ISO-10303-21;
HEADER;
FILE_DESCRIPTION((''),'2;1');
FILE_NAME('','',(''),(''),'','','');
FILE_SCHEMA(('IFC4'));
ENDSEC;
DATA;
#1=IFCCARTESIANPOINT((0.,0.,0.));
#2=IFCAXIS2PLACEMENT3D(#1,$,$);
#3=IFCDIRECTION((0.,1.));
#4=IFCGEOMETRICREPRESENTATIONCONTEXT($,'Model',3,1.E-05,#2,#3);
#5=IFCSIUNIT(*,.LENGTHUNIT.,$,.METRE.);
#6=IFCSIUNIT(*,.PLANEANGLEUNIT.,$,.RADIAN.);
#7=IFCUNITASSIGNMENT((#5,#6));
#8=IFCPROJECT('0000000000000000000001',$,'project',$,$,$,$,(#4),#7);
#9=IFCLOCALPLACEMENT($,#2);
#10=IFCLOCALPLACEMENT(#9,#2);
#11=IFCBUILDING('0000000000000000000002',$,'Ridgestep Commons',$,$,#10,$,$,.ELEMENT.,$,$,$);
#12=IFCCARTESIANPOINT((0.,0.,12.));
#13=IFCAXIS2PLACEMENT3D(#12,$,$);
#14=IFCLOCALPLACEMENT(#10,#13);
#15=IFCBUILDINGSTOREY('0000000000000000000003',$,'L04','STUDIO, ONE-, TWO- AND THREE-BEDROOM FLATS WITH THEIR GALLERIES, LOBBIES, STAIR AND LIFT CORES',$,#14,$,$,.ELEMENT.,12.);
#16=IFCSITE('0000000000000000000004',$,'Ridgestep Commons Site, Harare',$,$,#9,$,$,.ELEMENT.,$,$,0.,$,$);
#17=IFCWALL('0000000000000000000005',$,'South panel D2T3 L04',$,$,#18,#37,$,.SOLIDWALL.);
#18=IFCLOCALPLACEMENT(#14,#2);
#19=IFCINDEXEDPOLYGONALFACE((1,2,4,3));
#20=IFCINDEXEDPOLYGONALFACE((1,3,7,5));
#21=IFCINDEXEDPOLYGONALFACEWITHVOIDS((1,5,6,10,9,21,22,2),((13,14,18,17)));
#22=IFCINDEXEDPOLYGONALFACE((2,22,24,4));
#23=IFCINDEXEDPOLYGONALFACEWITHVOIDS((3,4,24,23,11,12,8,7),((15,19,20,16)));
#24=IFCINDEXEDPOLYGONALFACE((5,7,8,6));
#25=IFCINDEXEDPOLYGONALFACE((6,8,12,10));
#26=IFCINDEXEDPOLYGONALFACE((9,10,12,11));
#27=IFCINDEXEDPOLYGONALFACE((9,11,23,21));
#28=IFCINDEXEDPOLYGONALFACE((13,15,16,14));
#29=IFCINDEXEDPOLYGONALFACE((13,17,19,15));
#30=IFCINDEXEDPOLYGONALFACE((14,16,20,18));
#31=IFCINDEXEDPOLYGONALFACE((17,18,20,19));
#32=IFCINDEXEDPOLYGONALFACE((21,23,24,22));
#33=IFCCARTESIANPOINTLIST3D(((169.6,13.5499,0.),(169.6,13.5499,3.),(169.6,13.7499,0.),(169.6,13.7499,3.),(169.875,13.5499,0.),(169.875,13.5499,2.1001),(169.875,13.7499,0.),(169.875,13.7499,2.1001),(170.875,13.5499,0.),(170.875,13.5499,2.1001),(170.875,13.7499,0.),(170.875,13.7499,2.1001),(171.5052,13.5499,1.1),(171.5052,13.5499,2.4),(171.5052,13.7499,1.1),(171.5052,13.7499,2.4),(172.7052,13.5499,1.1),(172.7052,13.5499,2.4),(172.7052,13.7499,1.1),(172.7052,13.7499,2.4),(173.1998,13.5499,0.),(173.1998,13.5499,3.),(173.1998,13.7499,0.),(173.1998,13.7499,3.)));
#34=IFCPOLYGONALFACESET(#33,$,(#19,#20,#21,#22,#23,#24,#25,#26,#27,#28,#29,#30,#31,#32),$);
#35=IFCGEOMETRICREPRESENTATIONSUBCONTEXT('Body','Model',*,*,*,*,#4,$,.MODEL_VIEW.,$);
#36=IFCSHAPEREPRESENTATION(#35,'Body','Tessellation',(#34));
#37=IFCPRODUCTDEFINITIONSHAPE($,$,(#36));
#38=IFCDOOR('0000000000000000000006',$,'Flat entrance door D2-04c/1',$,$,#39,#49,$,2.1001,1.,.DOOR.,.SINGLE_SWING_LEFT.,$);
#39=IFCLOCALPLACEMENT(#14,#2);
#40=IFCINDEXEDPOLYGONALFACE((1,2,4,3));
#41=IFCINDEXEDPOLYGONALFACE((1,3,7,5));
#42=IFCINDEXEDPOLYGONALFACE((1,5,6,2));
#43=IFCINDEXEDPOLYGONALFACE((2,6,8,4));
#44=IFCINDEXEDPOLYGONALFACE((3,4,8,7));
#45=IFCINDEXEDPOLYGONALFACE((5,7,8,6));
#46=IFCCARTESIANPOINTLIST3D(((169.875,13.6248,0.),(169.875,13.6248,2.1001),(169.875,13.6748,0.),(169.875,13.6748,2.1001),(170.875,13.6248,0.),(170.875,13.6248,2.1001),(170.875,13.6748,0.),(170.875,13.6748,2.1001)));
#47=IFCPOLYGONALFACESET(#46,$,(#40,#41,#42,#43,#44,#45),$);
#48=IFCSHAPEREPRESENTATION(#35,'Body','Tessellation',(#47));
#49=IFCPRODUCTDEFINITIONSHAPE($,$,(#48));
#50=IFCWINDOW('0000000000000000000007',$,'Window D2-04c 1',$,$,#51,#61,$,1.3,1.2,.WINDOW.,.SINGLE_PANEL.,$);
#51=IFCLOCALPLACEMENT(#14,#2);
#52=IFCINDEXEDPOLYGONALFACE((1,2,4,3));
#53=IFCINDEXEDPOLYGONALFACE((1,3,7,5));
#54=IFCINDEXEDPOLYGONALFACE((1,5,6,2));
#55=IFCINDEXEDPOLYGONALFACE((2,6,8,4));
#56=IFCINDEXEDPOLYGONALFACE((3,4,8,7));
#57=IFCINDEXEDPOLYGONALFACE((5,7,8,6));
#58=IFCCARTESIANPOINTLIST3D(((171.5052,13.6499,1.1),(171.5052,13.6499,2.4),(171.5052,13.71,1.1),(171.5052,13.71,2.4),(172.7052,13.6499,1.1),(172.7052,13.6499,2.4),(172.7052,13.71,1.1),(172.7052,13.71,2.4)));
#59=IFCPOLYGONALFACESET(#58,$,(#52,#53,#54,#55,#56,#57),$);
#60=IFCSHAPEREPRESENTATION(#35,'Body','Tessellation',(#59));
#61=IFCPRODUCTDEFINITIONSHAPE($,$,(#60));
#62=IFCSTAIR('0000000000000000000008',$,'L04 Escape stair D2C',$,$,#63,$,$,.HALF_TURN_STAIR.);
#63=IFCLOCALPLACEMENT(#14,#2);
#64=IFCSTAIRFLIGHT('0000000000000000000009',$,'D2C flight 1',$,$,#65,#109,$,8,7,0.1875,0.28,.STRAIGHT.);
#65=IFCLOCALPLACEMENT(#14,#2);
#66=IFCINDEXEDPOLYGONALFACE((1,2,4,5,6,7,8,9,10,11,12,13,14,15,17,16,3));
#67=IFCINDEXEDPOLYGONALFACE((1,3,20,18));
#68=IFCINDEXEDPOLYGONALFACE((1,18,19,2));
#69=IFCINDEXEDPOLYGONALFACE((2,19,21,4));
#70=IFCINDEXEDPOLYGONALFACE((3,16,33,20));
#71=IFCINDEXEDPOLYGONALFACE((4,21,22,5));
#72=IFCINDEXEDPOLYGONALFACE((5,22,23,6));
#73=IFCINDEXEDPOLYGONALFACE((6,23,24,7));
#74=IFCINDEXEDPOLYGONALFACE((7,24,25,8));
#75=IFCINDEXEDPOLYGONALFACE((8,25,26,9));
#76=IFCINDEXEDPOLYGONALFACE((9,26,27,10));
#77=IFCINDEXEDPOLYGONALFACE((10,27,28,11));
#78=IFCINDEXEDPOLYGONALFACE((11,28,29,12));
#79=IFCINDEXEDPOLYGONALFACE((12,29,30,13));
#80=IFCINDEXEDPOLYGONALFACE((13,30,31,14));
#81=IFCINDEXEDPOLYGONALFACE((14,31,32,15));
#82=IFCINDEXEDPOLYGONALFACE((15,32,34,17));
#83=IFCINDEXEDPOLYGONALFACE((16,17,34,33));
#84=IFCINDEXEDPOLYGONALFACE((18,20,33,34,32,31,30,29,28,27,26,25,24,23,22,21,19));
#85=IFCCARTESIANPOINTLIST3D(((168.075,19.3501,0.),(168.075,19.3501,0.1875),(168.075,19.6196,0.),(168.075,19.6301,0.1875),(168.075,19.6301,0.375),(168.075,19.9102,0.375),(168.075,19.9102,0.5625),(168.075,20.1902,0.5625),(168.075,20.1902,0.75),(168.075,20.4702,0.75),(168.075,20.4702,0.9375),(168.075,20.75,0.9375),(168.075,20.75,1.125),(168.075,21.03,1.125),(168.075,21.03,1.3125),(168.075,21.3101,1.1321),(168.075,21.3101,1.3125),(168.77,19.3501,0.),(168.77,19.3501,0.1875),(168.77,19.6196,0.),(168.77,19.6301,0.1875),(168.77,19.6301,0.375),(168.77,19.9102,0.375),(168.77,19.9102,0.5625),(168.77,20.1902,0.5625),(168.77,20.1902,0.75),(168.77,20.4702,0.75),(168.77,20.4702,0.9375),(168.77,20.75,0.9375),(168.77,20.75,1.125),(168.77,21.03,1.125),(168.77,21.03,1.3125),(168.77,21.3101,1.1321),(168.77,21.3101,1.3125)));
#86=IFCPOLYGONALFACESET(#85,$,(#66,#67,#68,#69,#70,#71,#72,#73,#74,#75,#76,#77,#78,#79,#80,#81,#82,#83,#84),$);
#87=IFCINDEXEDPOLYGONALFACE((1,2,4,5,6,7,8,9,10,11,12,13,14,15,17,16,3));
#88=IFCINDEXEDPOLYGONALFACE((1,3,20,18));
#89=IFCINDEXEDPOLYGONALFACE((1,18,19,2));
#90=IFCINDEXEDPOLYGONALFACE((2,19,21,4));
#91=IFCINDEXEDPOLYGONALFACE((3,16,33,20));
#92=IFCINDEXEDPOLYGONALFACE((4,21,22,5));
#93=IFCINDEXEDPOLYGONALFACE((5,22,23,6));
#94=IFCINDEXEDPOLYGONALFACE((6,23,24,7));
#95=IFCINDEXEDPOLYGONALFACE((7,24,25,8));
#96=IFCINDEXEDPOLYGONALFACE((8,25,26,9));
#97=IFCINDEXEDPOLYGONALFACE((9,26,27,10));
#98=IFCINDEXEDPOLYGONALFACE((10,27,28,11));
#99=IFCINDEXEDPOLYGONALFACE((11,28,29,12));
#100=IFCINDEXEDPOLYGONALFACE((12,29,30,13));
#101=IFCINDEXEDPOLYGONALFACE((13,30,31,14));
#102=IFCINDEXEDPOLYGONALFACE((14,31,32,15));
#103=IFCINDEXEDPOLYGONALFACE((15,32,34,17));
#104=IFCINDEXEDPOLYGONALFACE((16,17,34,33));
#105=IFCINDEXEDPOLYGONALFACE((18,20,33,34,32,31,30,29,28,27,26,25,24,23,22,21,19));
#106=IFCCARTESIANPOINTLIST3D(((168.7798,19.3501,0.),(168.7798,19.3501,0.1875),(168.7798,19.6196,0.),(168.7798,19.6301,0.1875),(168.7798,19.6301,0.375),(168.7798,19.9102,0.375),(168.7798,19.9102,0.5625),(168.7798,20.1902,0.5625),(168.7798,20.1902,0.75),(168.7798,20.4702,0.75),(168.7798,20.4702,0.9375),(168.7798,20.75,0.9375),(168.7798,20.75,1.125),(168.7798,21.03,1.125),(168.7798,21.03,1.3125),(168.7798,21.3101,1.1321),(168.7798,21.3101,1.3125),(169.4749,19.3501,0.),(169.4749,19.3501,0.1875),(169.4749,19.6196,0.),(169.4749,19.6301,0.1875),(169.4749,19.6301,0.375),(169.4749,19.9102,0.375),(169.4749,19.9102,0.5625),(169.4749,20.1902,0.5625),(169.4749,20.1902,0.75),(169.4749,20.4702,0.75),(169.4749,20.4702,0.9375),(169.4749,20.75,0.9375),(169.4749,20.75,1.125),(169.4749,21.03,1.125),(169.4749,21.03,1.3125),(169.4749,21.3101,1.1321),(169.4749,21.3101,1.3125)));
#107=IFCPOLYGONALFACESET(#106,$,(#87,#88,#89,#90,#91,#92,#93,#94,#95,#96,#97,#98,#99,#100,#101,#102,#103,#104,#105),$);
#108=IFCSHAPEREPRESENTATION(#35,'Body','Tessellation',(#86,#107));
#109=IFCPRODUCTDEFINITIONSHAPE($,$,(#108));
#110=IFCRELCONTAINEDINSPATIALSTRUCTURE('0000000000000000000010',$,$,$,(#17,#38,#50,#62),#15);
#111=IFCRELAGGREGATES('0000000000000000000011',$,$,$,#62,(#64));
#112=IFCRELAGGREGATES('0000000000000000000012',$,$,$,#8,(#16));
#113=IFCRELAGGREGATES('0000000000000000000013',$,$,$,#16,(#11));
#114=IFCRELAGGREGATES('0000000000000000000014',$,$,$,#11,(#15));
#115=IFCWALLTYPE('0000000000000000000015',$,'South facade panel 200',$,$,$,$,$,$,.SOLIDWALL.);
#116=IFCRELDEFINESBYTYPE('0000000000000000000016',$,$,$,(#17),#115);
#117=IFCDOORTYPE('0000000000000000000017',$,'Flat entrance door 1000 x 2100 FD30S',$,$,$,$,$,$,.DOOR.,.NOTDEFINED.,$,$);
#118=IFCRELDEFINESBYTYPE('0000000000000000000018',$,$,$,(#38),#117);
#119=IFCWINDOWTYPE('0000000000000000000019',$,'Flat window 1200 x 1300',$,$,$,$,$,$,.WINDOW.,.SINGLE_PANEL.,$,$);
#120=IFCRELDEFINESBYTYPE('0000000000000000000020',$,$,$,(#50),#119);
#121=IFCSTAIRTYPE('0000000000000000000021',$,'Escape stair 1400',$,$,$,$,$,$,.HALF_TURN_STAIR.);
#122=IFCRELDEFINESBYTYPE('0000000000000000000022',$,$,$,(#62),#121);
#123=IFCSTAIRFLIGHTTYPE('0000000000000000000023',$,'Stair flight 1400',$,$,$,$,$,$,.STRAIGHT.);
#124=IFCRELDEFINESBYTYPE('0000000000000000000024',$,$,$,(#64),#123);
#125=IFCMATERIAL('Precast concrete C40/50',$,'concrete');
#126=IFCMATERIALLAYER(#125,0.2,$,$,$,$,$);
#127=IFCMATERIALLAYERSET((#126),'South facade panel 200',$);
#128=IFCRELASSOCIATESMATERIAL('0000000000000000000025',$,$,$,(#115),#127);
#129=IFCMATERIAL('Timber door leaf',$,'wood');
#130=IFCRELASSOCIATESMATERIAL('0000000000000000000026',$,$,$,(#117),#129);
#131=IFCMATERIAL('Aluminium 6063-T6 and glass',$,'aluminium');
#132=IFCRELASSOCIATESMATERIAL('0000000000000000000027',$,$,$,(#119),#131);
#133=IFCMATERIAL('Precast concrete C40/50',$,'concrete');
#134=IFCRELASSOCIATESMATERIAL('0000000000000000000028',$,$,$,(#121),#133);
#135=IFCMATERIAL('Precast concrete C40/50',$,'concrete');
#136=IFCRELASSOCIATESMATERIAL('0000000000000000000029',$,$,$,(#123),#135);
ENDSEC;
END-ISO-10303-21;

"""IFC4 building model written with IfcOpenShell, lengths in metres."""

from ifc_helpers import new_model, si_unit, direction, frame, frame_2d, origin, place, context, subcontext, project, spatial, polyline, rectangle, outline, extrude, material, layer, layer_set, type_object, element, fill, aggregate, save


model = new_model("IFC4")

# Units and contexts
model_context = context("Model", 3, precision=1e-05, world=origin(), true_north=direction((0.0, 1.0)))
body_context = subcontext(model_context, "Body", "Model", "MODEL_VIEW")
ifc_project = project(units=[si_unit("LENGTHUNIT", "METRE"), si_unit("PLANEANGLEUNIT", "RADIAN")], contexts=[model_context])

# Site, building, storey
site_placement = place(None, origin())
site = spatial("IfcSite", under=ifc_project, at=site_placement, Name="Ridgestep Commons Site, Harare", CompositionType="ELEMENT", RefElevation=0.0)
building_placement = place(site_placement, origin())
building = spatial("IfcBuilding", under=site, at=building_placement, Name="Ridgestep Commons", CompositionType="ELEMENT")
storey_placement = place(building_placement, frame((0.0, 0.0, 12.0)))
storey = spatial("IfcBuildingStorey", under=building, at=storey_placement, Name="L04", Description="STUDIO, ONE-, TWO- AND THREE-BEDROOM FLATS WITH THEIR GALLERIES, LOBBIES, STAIR AND LIFT CORES", CompositionType="ELEMENT", Elevation=12.0)

# Wall, openings, door, window
ifc_material_1 = material(Name="Precast concrete C40/50", Category="concrete")
ifc_layer_1 = layer(ifc_material_1, 0.2)
ifc_layer_set_1 = layer_set([ifc_layer_1], Name="South facade panel 200")
wall_type_1 = type_object("IfcWallType", Name="South facade panel 200", PredefinedType="SOLIDWALL", material=ifc_layer_set_1)
wall_1_placement = place(storey_placement, frame((169.6001, 13.6499, 0.0), z_axis=(0.0, 0.0, 1.0), x_axis=(1.0, 0.0, 0.0)))
wall_1 = element("IfcWall", 1, at=wall_1_placement, inside=storey, type_object=wall_type_1, Name="South panel D2T3 L04", PredefinedType="SOLIDWALL", context=body_context, shape_type="SweptSolid", body=[
    extrude(rectangle(XDim=3.5999, YDim=0.2, at=frame_2d((1.7998, 0.0))), origin(), (0.0, 0.0, 1.0), 3.0),
])
opening_1_placement = place(wall_1_placement, frame((1.905, 0.0, 1.1001)))
opening_1 = element("IfcOpeningElement", 2, at=opening_1_placement, cuts=wall_1, PredefinedType="OPENING", context=body_context, shape_type="SweptSolid", body=[
    extrude(rectangle(XDim=1.2, YDim=1.3, at=frame_2d((0.6001, 0.6499))), frame((0.0, 0.1099, 0.0), z_axis=(0.0, -1.0, 0.0), x_axis=(1.0, 0.0, 0.0)), (0.0, 0.0, 1.0), 0.22),
])
opening_2_placement = place(wall_1_placement, frame((0.2749, 0.0, 0.0)))
opening_2 = element("IfcOpeningElement", 3, at=opening_2_placement, cuts=wall_1, PredefinedType="OPENING", context=body_context, shape_type="SweptSolid", body=[
    extrude(rectangle(XDim=1.0, YDim=2.1001, at=frame_2d((0.5, 1.05))), frame((0.0, 0.1099, 0.0), z_axis=(0.0, -1.0, 0.0), x_axis=(1.0, 0.0, 0.0)), (0.0, 0.0, 1.0), 0.22),
])
ifc_material_2 = material(Name="Timber door leaf", Category="wood")
door_type_1 = type_object("IfcDoorType", Name="Flat entrance door 1000 x 2100 FD30S", OperationType="NOTDEFINED", PredefinedType="DOOR", material=ifc_material_2)
door_1_placement = place(opening_2_placement, origin())
door_1 = element("IfcDoor", 4, at=door_1_placement, inside=storey, type_object=door_type_1, Name="Flat entrance door D2-04c/1", OperationType="SINGLE_SWING_LEFT", OverallHeight=2.1001, OverallWidth=1.0, PredefinedType="DOOR", context=body_context, shape_type="SweptSolid", body=[
    extrude(rectangle(XDim=1.0, YDim=2.1001, at=frame_2d((0.5, 1.05))), frame((0.0, 0.0249, 0.0), z_axis=(0.0, -1.0, 0.0), x_axis=(1.0, 0.0, 0.0)), (0.0, 0.0, 1.0), 0.05),
])
fill(opening_2, door_1)
ifc_material_3 = material(Name="Aluminium 6063-T6 and glass", Category="aluminium")
window_type = type_object("IfcWindowType", Name="Flat window 1200 x 1300", PartitioningType="SINGLE_PANEL", PredefinedType="WINDOW", material=ifc_material_3)
window_placement = place(opening_1_placement, origin())
window = element("IfcWindow", 5, at=window_placement, inside=storey, type_object=window_type, Name="Window D2-04c 1", OverallHeight=1.3, OverallWidth=1.2, PartitioningType="SINGLE_PANEL", PredefinedType="WINDOW", context=body_context, shape_type="SweptSolid", body=[
    extrude(rectangle(XDim=1.2, YDim=1.3, at=frame_2d((0.6001, 0.6499))), frame((0.0, 0.0601, 0.0), z_axis=(0.0, -1.0, 0.0), x_axis=(1.0, 0.0, 0.0)), (0.0, 0.0, 1.0), 0.0601),
])
fill(opening_1, window)

# Stair, stair flight
ifc_material_4 = material(Name="Precast concrete C40/50", Category="concrete")
stair_type = type_object("IfcStairType", Name="Escape stair 1400", PredefinedType="HALF_TURN_STAIR", material=ifc_material_4)
stair_placement = place(storey_placement, origin())
stair = element("IfcStair", 6, at=stair_placement, inside=storey, type_object=stair_type, Name="L04 Escape stair D2C", PredefinedType="HALF_TURN_STAIR")
ifc_material_5 = material(Name="Precast concrete C40/50", Category="concrete")
stair_flight_type = type_object("IfcStairFlightType", Name="Stair flight 1400", PredefinedType="STRAIGHT", material=ifc_material_5)
stair_flight_placement = place(storey_placement, frame((168.7749, 19.3501, 0.0), z_axis=(0.0, 0.0, 1.0), x_axis=(0.0, 1.0, 0.0)))
stair_flight = element("IfcStairFlight", 7, at=stair_flight_placement, type_object=stair_flight_type, Name="D2C flight 1", NumberOfRisers=8, NumberOfTreads=7, PredefinedType="STRAIGHT", RiserHeight=0.1875, TreadLength=0.28, context=body_context, shape_type="SweptSolid", body=[
    extrude(outline(polyline([(0.0, 0.0), (0.0, 0.1875), (0.28, 0.1875), (0.28, 0.375), (0.5601, 0.375), (0.5601, 0.5625), (0.8401, 0.5625), (0.8401, 0.75), (1.1201, 0.75), (1.1201, 0.9375), (1.3999, 0.9375), (1.3999, 1.125), (1.6799, 1.125), (1.6799, 1.3125), (1.96, 1.3125), (1.96, 1.5), (1.96, 1.1321), (0.2695, 0.0), (0.0, 0.0)])), frame((0.0, 0.7, 0.0), z_axis=(0.0, -1.0, 0.0), x_axis=(1.0, 0.0, 0.0)), (0.0, 0.0, 1.0), 0.6951),
    extrude(outline(polyline([(0.0, 0.0), (0.0, 0.1875), (0.28, 0.1875), (0.28, 0.375), (0.5601, 0.375), (0.5601, 0.5625), (0.8401, 0.5625), (0.8401, 0.75), (1.1201, 0.75), (1.1201, 0.9375), (1.3999, 0.9375), (1.3999, 1.125), (1.6799, 1.125), (1.6799, 1.3125), (1.96, 1.3125), (1.96, 1.5), (1.96, 1.1321), (0.2695, 0.0), (0.0, 0.0)])), frame((0.0, -0.0049, 0.0), z_axis=(0.0, -1.0, 0.0), x_axis=(1.0, 0.0, 0.0)), (0.0, 0.0, 1.0), 0.6951),
])
aggregate(stair, [stair_flight])

save(model, "model.ifc")
